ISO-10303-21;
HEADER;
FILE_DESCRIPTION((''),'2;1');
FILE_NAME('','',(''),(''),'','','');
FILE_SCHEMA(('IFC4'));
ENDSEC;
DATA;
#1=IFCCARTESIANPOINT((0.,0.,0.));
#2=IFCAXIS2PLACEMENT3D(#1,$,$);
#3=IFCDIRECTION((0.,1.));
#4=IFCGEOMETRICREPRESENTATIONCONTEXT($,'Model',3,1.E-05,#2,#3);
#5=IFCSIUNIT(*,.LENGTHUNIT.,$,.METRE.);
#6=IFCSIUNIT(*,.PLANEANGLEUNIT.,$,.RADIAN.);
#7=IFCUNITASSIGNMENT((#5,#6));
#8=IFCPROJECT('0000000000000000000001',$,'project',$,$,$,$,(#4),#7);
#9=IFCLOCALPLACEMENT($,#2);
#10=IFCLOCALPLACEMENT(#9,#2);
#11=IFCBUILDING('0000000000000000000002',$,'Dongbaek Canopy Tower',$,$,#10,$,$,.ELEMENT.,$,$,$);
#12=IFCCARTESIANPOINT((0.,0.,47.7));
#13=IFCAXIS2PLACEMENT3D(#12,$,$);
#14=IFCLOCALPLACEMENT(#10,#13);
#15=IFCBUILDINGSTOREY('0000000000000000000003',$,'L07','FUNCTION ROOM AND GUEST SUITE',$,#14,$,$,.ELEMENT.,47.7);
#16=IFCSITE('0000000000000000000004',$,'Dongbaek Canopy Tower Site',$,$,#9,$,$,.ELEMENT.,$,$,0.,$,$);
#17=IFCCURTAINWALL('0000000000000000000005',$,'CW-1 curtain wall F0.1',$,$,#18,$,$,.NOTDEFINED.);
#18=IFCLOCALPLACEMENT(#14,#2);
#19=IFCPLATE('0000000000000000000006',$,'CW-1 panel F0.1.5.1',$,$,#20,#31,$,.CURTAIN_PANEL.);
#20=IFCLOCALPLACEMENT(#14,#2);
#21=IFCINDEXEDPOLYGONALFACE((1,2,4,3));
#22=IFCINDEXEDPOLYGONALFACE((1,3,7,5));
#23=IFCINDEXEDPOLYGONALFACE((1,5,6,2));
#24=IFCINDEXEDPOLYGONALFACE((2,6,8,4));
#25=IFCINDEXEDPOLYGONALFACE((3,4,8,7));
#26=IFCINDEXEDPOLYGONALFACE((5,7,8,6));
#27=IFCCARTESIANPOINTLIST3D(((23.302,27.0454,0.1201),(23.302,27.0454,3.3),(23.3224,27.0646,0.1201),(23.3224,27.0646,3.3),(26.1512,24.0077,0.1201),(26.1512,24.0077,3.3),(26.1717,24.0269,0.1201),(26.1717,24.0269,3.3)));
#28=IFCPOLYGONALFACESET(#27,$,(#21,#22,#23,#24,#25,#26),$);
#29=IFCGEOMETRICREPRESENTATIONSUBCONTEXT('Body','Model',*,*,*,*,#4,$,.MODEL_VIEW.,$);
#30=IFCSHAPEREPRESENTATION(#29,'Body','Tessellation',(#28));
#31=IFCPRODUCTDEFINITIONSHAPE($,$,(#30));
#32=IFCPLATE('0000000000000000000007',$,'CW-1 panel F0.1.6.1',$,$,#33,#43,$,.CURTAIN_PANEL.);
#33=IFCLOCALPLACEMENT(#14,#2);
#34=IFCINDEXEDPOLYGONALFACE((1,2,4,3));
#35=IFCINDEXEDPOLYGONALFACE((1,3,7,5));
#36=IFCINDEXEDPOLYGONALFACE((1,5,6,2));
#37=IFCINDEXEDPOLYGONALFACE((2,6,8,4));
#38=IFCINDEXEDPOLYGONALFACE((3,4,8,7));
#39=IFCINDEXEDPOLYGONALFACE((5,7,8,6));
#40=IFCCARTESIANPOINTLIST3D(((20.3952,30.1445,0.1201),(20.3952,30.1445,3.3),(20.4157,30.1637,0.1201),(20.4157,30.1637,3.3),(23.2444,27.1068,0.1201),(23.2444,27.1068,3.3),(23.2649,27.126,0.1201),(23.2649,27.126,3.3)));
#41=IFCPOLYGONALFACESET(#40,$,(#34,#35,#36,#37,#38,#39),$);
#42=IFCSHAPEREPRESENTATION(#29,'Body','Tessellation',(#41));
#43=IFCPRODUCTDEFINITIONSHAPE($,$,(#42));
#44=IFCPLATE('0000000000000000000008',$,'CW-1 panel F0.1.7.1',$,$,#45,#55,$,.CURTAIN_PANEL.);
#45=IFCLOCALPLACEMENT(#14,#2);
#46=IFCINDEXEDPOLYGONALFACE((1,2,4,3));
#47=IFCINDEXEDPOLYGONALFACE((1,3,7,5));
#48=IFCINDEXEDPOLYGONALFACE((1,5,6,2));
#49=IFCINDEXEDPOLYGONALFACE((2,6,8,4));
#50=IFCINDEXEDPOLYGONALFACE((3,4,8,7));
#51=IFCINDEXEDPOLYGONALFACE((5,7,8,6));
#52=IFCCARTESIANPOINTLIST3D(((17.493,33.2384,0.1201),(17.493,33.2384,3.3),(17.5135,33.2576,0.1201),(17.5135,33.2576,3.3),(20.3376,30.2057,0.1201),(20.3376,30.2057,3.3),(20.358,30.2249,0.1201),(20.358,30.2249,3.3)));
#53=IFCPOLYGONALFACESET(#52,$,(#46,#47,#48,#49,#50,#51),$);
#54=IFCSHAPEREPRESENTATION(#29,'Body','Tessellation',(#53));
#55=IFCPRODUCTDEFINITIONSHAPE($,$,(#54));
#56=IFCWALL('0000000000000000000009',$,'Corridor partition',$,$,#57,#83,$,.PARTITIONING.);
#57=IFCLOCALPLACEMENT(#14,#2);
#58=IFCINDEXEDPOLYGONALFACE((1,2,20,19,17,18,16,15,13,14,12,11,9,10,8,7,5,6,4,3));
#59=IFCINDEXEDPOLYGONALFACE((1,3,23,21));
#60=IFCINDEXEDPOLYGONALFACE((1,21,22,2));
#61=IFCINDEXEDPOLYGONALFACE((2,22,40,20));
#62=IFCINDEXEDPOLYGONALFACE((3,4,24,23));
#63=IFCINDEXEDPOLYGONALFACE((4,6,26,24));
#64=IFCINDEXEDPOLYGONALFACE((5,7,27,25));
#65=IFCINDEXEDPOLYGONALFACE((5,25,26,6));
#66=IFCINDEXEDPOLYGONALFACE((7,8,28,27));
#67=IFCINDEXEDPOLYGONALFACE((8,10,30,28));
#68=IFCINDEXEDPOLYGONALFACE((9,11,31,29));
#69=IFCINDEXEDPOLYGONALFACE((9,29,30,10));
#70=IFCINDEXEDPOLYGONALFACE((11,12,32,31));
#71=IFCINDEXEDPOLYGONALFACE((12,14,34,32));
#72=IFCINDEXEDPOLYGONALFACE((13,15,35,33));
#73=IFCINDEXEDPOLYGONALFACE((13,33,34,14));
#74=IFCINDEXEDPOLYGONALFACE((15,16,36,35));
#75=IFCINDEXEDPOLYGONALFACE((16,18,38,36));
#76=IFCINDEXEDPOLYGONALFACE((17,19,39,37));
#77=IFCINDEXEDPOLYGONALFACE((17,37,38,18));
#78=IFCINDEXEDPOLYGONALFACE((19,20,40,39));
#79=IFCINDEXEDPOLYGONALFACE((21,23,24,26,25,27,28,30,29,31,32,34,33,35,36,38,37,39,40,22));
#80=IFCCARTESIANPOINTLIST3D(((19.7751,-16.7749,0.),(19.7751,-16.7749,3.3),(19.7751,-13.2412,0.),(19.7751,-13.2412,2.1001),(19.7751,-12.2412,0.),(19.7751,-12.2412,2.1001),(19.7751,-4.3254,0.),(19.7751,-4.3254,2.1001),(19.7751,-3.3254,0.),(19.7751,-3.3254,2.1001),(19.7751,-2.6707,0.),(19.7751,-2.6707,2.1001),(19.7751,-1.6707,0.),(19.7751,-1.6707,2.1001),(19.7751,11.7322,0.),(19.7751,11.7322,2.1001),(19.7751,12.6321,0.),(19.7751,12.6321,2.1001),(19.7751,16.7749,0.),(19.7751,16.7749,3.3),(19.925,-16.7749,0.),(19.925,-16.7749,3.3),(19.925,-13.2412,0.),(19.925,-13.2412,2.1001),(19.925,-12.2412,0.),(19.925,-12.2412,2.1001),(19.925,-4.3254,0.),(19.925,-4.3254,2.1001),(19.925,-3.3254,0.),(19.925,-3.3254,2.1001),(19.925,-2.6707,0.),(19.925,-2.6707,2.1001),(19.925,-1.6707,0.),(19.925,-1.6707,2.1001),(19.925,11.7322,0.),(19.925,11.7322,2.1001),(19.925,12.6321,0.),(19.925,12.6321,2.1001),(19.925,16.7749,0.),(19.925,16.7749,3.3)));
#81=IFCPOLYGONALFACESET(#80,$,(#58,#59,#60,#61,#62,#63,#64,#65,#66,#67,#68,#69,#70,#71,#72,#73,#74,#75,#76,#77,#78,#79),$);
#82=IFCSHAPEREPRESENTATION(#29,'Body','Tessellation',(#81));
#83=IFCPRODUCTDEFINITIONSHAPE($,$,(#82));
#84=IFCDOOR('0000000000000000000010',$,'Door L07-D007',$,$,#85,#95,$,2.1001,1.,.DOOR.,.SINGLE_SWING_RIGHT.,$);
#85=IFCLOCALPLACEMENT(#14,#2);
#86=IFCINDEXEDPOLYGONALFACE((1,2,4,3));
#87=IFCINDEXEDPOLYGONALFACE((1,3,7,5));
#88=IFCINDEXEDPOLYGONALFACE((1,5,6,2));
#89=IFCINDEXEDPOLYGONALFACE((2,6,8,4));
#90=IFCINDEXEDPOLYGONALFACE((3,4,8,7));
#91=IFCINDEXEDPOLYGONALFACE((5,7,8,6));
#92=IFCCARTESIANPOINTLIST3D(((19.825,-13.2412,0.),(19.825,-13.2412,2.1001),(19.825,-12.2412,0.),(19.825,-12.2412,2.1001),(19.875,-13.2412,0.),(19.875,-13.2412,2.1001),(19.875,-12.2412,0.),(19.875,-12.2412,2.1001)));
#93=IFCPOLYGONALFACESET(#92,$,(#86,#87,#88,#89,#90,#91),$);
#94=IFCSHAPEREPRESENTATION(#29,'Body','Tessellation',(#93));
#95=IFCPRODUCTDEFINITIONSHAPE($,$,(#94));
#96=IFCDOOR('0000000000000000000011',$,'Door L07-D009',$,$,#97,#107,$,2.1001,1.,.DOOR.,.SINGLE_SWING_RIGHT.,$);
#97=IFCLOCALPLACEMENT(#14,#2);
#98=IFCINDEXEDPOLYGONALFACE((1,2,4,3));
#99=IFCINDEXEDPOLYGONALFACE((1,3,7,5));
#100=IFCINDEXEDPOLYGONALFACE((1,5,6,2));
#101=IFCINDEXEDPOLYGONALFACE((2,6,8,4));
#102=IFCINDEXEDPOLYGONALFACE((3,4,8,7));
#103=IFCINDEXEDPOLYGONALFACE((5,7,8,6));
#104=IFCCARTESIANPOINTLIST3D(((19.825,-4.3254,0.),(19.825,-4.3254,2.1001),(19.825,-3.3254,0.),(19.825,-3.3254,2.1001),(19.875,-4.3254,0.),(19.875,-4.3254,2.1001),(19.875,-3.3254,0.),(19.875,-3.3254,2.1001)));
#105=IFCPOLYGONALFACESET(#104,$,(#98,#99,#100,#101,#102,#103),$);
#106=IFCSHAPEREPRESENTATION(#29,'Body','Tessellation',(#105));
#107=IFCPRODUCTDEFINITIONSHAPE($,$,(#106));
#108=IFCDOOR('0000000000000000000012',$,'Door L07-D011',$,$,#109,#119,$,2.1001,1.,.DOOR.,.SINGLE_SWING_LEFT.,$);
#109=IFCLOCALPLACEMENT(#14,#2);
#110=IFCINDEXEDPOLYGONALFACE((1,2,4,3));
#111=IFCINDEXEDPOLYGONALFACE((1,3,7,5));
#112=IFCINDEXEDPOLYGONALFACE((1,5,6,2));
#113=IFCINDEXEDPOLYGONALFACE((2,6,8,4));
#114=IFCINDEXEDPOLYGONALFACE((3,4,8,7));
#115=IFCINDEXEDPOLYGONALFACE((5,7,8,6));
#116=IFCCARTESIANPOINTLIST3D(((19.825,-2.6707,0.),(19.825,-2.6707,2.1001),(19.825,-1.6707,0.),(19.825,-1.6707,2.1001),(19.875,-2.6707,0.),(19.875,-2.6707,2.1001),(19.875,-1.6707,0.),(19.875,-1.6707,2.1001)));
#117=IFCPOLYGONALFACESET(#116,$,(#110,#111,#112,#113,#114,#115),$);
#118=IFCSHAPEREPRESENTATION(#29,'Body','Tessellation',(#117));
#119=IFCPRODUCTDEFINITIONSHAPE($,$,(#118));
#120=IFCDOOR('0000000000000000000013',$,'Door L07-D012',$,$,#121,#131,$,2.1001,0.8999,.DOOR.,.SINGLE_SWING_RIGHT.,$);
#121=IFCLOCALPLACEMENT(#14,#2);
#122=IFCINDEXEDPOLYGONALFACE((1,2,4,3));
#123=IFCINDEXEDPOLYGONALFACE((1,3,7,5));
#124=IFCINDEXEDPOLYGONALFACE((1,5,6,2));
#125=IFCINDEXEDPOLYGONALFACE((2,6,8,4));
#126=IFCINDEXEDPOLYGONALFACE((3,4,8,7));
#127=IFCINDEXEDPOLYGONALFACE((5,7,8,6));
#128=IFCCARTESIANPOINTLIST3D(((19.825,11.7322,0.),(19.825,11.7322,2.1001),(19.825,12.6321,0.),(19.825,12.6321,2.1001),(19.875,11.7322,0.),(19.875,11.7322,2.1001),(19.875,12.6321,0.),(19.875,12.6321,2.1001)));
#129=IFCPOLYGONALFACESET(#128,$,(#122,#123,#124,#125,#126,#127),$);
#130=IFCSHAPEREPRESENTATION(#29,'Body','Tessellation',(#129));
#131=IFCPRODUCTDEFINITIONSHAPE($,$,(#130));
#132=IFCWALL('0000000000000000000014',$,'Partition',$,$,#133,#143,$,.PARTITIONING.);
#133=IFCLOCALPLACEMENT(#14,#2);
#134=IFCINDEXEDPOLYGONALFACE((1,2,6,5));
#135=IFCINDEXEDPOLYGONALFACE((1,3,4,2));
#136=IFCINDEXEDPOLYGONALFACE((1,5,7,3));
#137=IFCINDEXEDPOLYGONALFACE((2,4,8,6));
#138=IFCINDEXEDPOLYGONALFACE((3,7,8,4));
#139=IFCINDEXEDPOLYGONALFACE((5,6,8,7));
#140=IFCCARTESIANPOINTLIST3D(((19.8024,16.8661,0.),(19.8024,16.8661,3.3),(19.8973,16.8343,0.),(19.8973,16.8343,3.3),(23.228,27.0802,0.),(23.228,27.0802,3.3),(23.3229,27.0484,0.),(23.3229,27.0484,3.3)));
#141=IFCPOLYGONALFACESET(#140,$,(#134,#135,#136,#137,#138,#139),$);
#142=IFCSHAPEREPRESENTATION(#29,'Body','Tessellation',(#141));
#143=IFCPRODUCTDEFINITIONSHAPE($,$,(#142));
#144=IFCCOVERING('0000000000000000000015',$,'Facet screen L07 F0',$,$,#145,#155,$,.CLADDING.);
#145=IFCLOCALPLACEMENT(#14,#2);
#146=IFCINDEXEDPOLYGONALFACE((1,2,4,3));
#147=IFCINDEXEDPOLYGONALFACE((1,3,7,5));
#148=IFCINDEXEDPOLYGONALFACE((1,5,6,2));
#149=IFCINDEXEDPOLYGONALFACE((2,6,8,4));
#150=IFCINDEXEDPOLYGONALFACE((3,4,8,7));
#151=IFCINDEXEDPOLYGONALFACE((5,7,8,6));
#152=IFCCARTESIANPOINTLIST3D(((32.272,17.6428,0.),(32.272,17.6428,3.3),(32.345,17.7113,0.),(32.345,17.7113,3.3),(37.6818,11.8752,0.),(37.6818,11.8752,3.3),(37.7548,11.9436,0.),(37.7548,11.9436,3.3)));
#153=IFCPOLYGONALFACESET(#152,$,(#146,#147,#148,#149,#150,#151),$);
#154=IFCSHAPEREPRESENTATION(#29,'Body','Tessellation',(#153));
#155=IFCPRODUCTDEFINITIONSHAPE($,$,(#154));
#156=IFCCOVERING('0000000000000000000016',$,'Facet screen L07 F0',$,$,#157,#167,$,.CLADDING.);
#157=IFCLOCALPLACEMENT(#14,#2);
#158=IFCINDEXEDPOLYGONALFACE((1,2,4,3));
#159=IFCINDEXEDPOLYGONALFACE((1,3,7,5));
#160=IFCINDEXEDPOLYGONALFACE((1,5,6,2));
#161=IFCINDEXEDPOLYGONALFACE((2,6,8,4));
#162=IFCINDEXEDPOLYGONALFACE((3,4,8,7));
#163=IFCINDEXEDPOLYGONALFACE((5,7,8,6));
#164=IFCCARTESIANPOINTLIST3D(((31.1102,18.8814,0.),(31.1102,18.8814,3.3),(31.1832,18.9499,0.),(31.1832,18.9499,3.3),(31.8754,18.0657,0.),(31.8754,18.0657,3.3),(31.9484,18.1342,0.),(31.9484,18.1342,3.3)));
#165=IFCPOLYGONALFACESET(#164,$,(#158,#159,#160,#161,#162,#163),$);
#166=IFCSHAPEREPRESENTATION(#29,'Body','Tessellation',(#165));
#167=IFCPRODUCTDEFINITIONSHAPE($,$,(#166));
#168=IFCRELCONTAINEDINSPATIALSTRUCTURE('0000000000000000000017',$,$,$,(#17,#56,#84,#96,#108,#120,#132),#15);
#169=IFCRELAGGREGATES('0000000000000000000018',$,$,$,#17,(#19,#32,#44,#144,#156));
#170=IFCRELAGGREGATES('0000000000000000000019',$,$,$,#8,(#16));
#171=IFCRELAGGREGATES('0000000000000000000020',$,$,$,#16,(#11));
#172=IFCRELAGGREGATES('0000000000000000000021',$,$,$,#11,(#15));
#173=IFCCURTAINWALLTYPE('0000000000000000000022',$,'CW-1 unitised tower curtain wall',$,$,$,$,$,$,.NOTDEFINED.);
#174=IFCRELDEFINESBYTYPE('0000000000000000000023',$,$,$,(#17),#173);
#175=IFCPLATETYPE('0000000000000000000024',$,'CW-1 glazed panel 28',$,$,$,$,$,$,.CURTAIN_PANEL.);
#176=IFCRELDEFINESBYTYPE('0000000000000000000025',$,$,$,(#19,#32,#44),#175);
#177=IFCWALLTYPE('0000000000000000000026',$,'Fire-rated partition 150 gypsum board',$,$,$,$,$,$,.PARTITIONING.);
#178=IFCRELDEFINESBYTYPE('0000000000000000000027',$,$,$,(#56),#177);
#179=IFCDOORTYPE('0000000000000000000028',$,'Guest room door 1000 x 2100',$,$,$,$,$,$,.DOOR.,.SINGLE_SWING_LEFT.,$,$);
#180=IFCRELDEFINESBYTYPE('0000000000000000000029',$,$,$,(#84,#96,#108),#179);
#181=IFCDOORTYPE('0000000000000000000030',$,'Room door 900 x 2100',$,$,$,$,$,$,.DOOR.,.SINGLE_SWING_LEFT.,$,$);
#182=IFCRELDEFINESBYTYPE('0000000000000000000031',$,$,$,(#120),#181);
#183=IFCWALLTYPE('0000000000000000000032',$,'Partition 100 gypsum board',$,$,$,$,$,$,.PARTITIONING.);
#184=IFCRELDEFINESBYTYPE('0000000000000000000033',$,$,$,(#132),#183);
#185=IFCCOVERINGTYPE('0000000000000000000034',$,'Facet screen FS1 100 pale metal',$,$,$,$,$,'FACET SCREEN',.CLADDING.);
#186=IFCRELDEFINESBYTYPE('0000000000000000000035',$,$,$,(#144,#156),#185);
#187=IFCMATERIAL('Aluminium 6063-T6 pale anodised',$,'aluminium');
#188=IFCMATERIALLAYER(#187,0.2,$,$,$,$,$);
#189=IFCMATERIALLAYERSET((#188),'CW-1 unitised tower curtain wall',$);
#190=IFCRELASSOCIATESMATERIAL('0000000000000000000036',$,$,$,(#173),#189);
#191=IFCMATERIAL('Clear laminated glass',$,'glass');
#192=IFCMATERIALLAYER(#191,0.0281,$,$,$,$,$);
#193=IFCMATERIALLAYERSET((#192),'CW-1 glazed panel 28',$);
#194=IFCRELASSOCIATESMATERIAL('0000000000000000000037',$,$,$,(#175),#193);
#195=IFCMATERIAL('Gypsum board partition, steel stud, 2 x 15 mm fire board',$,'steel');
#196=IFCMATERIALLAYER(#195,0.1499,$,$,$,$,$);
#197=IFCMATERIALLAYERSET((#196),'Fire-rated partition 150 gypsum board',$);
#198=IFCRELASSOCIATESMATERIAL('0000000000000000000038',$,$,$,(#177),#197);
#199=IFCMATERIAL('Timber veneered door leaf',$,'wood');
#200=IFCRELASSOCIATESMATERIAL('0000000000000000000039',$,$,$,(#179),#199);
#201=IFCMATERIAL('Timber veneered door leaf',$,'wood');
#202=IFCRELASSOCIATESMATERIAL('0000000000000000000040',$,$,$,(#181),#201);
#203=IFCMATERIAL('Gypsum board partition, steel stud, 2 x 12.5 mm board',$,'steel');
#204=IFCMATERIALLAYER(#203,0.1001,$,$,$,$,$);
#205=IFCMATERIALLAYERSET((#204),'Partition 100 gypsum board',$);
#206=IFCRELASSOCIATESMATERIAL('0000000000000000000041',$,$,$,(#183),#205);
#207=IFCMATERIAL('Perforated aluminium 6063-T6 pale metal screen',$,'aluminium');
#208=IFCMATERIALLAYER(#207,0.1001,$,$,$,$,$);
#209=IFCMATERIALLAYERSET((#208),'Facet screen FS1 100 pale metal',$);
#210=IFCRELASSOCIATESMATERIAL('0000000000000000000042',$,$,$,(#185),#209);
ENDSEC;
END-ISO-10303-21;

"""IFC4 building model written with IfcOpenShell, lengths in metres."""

from ifc_helpers import new_model, si_unit, direction, frame, frame_2d, origin, origin_2d, place, context, subcontext, project, spatial, rectangle, extrude, material, layer, layer_set, type_object, element, fill, aggregate, save


model = new_model("IFC4")

# Units and contexts
model_context = context("Model", 3, precision=1e-05, world=origin(), true_north=direction((0.0, 1.0)))
body_context = subcontext(model_context, "Body", "Model", "MODEL_VIEW")
ifc_project = project(units=[si_unit("LENGTHUNIT", "METRE"), si_unit("PLANEANGLEUNIT", "RADIAN")], contexts=[model_context])

# Site, building, storey
site_placement = place(None, origin())
site = spatial("IfcSite", under=ifc_project, at=site_placement, Name="Dongbaek Canopy Tower Site", CompositionType="ELEMENT", RefElevation=0.0)
building_placement = place(site_placement, origin())
building = spatial("IfcBuilding", under=site, at=building_placement, Name="Dongbaek Canopy Tower", CompositionType="ELEMENT")
storey_placement = place(building_placement, frame((0.0, 0.0, 47.7)))
storey = spatial("IfcBuildingStorey", under=building, at=storey_placement, Name="L07", Description="FUNCTION ROOM AND GUEST SUITE", CompositionType="ELEMENT", Elevation=47.7)

# Curtain wall
ifc_material_1 = material(Name="Aluminium 6063-T6 pale anodised", Category="aluminium")
ifc_layer_1 = layer(ifc_material_1, 0.2)
ifc_layer_set_1 = layer_set([ifc_layer_1], Name="CW-1 unitised tower curtain wall")
curtain_wall_type = type_object("IfcCurtainWallType", Name="CW-1 unitised tower curtain wall", PredefinedType="NOTDEFINED", material=ifc_layer_set_1)
curtain_wall_placement = place(storey_placement, origin())
curtain_wall = element("IfcCurtainWall", 1, at=curtain_wall_placement, inside=storey, type_object=curtain_wall_type, Name="CW-1 curtain wall F0.1", PredefinedType="NOTDEFINED")

# Plates
ifc_material_2 = material(Name="Clear laminated glass", Category="glass")
ifc_layer_2 = layer(ifc_material_2, 0.0281)
ifc_layer_set_2 = layer_set([ifc_layer_2], Name="CW-1 glazed panel 28")
plate_type = type_object("IfcPlateType", Name="CW-1 glazed panel 28", PredefinedType="CURTAIN_PANEL", material=ifc_layer_set_2)
plate_1_placement = place(storey_placement, frame((24.7368, 25.5361, 0.1201), z_axis=(0.0, 0.0, 1.0), x_axis=(-0.68412, 0.729369, 0.0)))
plate_1 = element("IfcPlate", 2, at=plate_1_placement, type_object=plate_type, Name="CW-1 panel F0.1.5.1", PredefinedType="CURTAIN_PANEL", context=body_context, shape_type="SweptSolid", body=[
    extrude(rectangle(XDim=4.1648, YDim=0.0281, at=origin_2d()), origin(), (0.0, 0.0, 1.0), 3.1799),
])
plate_2_placement = place(storey_placement, frame((21.8301, 28.6353, 0.1201), z_axis=(0.0, 0.0, 1.0), x_axis=(-0.68412, 0.729369, 0.0)))
plate_2 = element("IfcPlate", 3, at=plate_2_placement, type_object=plate_type, Name="CW-1 panel F0.1.6.1", PredefinedType="CURTAIN_PANEL", context=body_context, shape_type="SweptSolid", body=[
    extrude(rectangle(XDim=4.1648, YDim=0.0281, at=origin_2d()), origin(), (0.0, 0.0, 1.0), 3.1799),
])
plate_3_placement = place(storey_placement, frame((18.9255, 31.7317, 0.1201), z_axis=(0.0, 0.0, 1.0), x_axis=(-0.68412, 0.729369, 0.0)))
plate_3 = element("IfcPlate", 4, at=plate_3_placement, type_object=plate_type, Name="CW-1 panel F0.1.7.1", PredefinedType="CURTAIN_PANEL", context=body_context, shape_type="SweptSolid", body=[
    extrude(rectangle(XDim=4.158, YDim=0.0281, at=origin_2d()), origin(), (0.0, 0.0, 1.0), 3.1799),
])

# Wall, openings, doors
ifc_material_3 = material(Name="Gypsum board partition, steel stud, 2 x 15 mm fire board", Category="steel")
ifc_layer_3 = layer(ifc_material_3, 0.1499)
ifc_layer_set_3 = layer_set([ifc_layer_3], Name="Fire-rated partition 150 gypsum board")
wall_type_1 = type_object("IfcWallType", Name="Fire-rated partition 150 gypsum board", PredefinedType="PARTITIONING", material=ifc_layer_set_3)
wall_1_placement = place(storey_placement, frame((19.8501, 16.7749, 0.0), z_axis=(0.0, 0.0, 1.0), x_axis=(0.0, -1.0, 0.0)))
wall_1 = element("IfcWall", 5, at=wall_1_placement, inside=storey, type_object=wall_type_1, Name="Corridor partition", PredefinedType="PARTITIONING", context=body_context, shape_type="SweptSolid", body=[
    extrude(rectangle(XDim=33.5498, YDim=0.1499, at=frame_2d((16.7749, 0.0))), origin(), (0.0, 0.0, 1.0), 3.3),
])
opening_1_placement = place(wall_1_placement, frame((29.0161, 0.0, 0.0)))
opening_1 = element("IfcOpeningElement", 6, at=opening_1_placement, cuts=wall_1, PredefinedType="OPENING", context=body_context, shape_type="SweptSolid", body=[
    extrude(rectangle(XDim=1.0, YDim=2.1001, at=frame_2d((0.5, 1.05))), frame((0.0, 0.085, 0.0), z_axis=(0.0, -1.0, 0.0), x_axis=(1.0, 0.0, 0.0)), (0.0, 0.0, 1.0), 0.1699),
])
opening_2_placement = place(wall_1_placement, frame((20.1003, 0.0, 0.0)))
opening_2 = element("IfcOpeningElement", 7, at=opening_2_placement, cuts=wall_1, PredefinedType="OPENING", context=body_context, shape_type="SweptSolid", body=[
    extrude(rectangle(XDim=1.0, YDim=2.1001, at=frame_2d((0.5, 1.05))), frame((0.0, 0.085, 0.0), z_axis=(0.0, -1.0, 0.0), x_axis=(1.0, 0.0, 0.0)), (0.0, 0.0, 1.0), 0.1699),
])
opening_3_placement = place(wall_1_placement, frame((18.4456, 0.0, 0.0)))
opening_3 = element("IfcOpeningElement", 8, at=opening_3_placement, cuts=wall_1, PredefinedType="OPENING", context=body_context, shape_type="SweptSolid", body=[
    extrude(rectangle(XDim=1.0, YDim=2.1001, at=frame_2d((0.5, 1.05))), frame((0.0, 0.085, 0.0), z_axis=(0.0, -1.0, 0.0), x_axis=(1.0, 0.0, 0.0)), (0.0, 0.0, 1.0), 0.1699),
])
opening_4_placement = place(wall_1_placement, frame((4.1428, 0.0, 0.0)))
opening_4 = element("IfcOpeningElement", 9, at=opening_4_placement, cuts=wall_1, PredefinedType="OPENING", context=body_context, shape_type="SweptSolid", body=[
    extrude(rectangle(XDim=0.8999, YDim=2.1001, at=frame_2d((0.45, 1.05))), frame((0.0, 0.085, 0.0), z_axis=(0.0, -1.0, 0.0), x_axis=(1.0, 0.0, 0.0)), (0.0, 0.0, 1.0), 0.1699),
])
ifc_material_4 = material(Name="Timber veneered door leaf", Category="wood")
door_type_1 = type_object("IfcDoorType", Name="Guest room door 1000 x 2100", OperationType="SINGLE_SWING_LEFT", PredefinedType="DOOR", material=ifc_material_4)
door_1_placement = place(opening_1_placement, origin())
door_1 = element("IfcDoor", 10, at=door_1_placement, inside=storey, type_object=door_type_1, Name="Door L07-D007", OperationType="SINGLE_SWING_RIGHT", OverallHeight=2.1001, OverallWidth=1.0, PredefinedType="DOOR", context=body_context, shape_type="SweptSolid", body=[
    extrude(rectangle(XDim=1.0, YDim=2.1001, at=frame_2d((0.5, 1.05))), frame((0.0, 0.0249, 0.0), z_axis=(0.0, -1.0, 0.0), x_axis=(1.0, 0.0, 0.0)), (0.0, 0.0, 1.0), 0.05),
])
fill(opening_1, door_1)
door_2_placement = place(opening_2_placement, origin())
door_2 = element("IfcDoor", 11, at=door_2_placement, inside=storey, type_object=door_type_1, Name="Door L07-D009", OperationType="SINGLE_SWING_RIGHT", OverallHeight=2.1001, OverallWidth=1.0, PredefinedType="DOOR", context=body_context, shape_type="SweptSolid", body=[
    extrude(rectangle(XDim=1.0, YDim=2.1001, at=frame_2d((0.5, 1.05))), frame((0.0, 0.0249, 0.0), z_axis=(0.0, -1.0, 0.0), x_axis=(1.0, 0.0, 0.0)), (0.0, 0.0, 1.0), 0.05),
])
fill(opening_2, door_2)
door_3_placement = place(opening_3_placement, origin())
door_3 = element("IfcDoor", 12, at=door_3_placement, inside=storey, type_object=door_type_1, Name="Door L07-D011", OperationType="SINGLE_SWING_LEFT", OverallHeight=2.1001, OverallWidth=1.0, PredefinedType="DOOR", context=body_context, shape_type="SweptSolid", body=[
    extrude(rectangle(XDim=1.0, YDim=2.1001, at=frame_2d((0.5, 1.05))), frame((0.0, 0.0249, 0.0), z_axis=(0.0, -1.0, 0.0), x_axis=(1.0, 0.0, 0.0)), (0.0, 0.0, 1.0), 0.05),
])
fill(opening_3, door_3)
ifc_material_5 = material(Name="Timber veneered door leaf", Category="wood")
door_type_2 = type_object("IfcDoorType", Name="Room door 900 x 2100", OperationType="SINGLE_SWING_LEFT", PredefinedType="DOOR", material=ifc_material_5)
door_4_placement = place(opening_4_placement, origin())
door_4 = element("IfcDoor", 13, at=door_4_placement, inside=storey, type_object=door_type_2, Name="Door L07-D012", OperationType="SINGLE_SWING_RIGHT", OverallHeight=2.1001, OverallWidth=0.8999, PredefinedType="DOOR", context=body_context, shape_type="SweptSolid", body=[
    extrude(rectangle(XDim=0.8999, YDim=2.1001, at=frame_2d((0.45, 1.05))), frame((0.0, 0.0249, 0.0), z_axis=(0.0, -1.0, 0.0), x_axis=(1.0, 0.0, 0.0)), (0.0, 0.0, 1.0), 0.05),
])
fill(opening_4, door_4)

# Wall
ifc_material_6 = material(Name="Gypsum board partition, steel stud, 2 x 12.5 mm board", Category="steel")
ifc_layer_4 = layer(ifc_material_6, 0.1001)
ifc_layer_set_4 = layer_set([ifc_layer_4], Name="Partition 100 gypsum board")
wall_type_2 = type_object("IfcWallType", Name="Partition 100 gypsum board", PredefinedType="PARTITIONING", material=ifc_layer_set_4)
wall_2_placement = place(storey_placement, frame((19.8499, 16.8501, 0.0), z_axis=(0.0, 0.0, 1.0), x_axis=(0.317968, 0.948102, 0.0)))
element("IfcWall", 14, at=wall_2_placement, inside=storey, type_object=wall_type_2, Name="Partition", PredefinedType="PARTITIONING", context=body_context, shape_type="SweptSolid", body=[
    extrude(rectangle(XDim=10.7732, YDim=0.1001, at=frame_2d((5.3867, 0.0))), origin(), (0.0, 0.0, 1.0), 3.3),
])

# Coverings
ifc_material_7 = material(Name="Perforated aluminium 6063-T6 pale metal screen", Category="aluminium")
ifc_layer_5 = layer(ifc_material_7, 0.1001)
ifc_layer_set_5 = layer_set([ifc_layer_5], Name="Facet screen FS1 100 pale metal")
covering_type_1 = type_object("IfcCoveringType", Name="Facet screen FS1 100 pale metal", ElementType="FACET SCREEN", PredefinedType="CLADDING", material=ifc_layer_set_5)
covering_1_placement = place(storey_placement, frame((35.0134, 14.7932, 0.0), z_axis=(0.0, 0.0, 1.0), x_axis=(-0.684121, 0.729369, 0.0)))
covering_1 = element("IfcCovering", 15, at=covering_1_placement, type_object=covering_type_1, Name="Facet screen L07 F0", PredefinedType="CLADDING", context=body_context, shape_type="SweptSolid", body=[
    extrude(rectangle(XDim=7.9077, YDim=0.1001, at=origin_2d()), origin(), (0.0, 0.0, 1.0), 3.3),
])
covering_2_placement = place(storey_placement, frame((31.5293, 18.5078, 0.0), z_axis=(0.0, 0.0, 1.0), x_axis=(-0.684121, 0.729369, 0.0)))
covering_2 = element("IfcCovering", 16, at=covering_2_placement, type_object=covering_type_1, Name="Facet screen L07 F0", PredefinedType="CLADDING", context=body_context, shape_type="SweptSolid", body=[
    extrude(rectangle(XDim=1.1184, YDim=0.1001, at=origin_2d()), origin(), (0.0, 0.0, 1.0), 3.3),
])
aggregate(curtain_wall, [plate_1, plate_2, plate_3, covering_1, covering_2])

save(model, "model.ifc")
